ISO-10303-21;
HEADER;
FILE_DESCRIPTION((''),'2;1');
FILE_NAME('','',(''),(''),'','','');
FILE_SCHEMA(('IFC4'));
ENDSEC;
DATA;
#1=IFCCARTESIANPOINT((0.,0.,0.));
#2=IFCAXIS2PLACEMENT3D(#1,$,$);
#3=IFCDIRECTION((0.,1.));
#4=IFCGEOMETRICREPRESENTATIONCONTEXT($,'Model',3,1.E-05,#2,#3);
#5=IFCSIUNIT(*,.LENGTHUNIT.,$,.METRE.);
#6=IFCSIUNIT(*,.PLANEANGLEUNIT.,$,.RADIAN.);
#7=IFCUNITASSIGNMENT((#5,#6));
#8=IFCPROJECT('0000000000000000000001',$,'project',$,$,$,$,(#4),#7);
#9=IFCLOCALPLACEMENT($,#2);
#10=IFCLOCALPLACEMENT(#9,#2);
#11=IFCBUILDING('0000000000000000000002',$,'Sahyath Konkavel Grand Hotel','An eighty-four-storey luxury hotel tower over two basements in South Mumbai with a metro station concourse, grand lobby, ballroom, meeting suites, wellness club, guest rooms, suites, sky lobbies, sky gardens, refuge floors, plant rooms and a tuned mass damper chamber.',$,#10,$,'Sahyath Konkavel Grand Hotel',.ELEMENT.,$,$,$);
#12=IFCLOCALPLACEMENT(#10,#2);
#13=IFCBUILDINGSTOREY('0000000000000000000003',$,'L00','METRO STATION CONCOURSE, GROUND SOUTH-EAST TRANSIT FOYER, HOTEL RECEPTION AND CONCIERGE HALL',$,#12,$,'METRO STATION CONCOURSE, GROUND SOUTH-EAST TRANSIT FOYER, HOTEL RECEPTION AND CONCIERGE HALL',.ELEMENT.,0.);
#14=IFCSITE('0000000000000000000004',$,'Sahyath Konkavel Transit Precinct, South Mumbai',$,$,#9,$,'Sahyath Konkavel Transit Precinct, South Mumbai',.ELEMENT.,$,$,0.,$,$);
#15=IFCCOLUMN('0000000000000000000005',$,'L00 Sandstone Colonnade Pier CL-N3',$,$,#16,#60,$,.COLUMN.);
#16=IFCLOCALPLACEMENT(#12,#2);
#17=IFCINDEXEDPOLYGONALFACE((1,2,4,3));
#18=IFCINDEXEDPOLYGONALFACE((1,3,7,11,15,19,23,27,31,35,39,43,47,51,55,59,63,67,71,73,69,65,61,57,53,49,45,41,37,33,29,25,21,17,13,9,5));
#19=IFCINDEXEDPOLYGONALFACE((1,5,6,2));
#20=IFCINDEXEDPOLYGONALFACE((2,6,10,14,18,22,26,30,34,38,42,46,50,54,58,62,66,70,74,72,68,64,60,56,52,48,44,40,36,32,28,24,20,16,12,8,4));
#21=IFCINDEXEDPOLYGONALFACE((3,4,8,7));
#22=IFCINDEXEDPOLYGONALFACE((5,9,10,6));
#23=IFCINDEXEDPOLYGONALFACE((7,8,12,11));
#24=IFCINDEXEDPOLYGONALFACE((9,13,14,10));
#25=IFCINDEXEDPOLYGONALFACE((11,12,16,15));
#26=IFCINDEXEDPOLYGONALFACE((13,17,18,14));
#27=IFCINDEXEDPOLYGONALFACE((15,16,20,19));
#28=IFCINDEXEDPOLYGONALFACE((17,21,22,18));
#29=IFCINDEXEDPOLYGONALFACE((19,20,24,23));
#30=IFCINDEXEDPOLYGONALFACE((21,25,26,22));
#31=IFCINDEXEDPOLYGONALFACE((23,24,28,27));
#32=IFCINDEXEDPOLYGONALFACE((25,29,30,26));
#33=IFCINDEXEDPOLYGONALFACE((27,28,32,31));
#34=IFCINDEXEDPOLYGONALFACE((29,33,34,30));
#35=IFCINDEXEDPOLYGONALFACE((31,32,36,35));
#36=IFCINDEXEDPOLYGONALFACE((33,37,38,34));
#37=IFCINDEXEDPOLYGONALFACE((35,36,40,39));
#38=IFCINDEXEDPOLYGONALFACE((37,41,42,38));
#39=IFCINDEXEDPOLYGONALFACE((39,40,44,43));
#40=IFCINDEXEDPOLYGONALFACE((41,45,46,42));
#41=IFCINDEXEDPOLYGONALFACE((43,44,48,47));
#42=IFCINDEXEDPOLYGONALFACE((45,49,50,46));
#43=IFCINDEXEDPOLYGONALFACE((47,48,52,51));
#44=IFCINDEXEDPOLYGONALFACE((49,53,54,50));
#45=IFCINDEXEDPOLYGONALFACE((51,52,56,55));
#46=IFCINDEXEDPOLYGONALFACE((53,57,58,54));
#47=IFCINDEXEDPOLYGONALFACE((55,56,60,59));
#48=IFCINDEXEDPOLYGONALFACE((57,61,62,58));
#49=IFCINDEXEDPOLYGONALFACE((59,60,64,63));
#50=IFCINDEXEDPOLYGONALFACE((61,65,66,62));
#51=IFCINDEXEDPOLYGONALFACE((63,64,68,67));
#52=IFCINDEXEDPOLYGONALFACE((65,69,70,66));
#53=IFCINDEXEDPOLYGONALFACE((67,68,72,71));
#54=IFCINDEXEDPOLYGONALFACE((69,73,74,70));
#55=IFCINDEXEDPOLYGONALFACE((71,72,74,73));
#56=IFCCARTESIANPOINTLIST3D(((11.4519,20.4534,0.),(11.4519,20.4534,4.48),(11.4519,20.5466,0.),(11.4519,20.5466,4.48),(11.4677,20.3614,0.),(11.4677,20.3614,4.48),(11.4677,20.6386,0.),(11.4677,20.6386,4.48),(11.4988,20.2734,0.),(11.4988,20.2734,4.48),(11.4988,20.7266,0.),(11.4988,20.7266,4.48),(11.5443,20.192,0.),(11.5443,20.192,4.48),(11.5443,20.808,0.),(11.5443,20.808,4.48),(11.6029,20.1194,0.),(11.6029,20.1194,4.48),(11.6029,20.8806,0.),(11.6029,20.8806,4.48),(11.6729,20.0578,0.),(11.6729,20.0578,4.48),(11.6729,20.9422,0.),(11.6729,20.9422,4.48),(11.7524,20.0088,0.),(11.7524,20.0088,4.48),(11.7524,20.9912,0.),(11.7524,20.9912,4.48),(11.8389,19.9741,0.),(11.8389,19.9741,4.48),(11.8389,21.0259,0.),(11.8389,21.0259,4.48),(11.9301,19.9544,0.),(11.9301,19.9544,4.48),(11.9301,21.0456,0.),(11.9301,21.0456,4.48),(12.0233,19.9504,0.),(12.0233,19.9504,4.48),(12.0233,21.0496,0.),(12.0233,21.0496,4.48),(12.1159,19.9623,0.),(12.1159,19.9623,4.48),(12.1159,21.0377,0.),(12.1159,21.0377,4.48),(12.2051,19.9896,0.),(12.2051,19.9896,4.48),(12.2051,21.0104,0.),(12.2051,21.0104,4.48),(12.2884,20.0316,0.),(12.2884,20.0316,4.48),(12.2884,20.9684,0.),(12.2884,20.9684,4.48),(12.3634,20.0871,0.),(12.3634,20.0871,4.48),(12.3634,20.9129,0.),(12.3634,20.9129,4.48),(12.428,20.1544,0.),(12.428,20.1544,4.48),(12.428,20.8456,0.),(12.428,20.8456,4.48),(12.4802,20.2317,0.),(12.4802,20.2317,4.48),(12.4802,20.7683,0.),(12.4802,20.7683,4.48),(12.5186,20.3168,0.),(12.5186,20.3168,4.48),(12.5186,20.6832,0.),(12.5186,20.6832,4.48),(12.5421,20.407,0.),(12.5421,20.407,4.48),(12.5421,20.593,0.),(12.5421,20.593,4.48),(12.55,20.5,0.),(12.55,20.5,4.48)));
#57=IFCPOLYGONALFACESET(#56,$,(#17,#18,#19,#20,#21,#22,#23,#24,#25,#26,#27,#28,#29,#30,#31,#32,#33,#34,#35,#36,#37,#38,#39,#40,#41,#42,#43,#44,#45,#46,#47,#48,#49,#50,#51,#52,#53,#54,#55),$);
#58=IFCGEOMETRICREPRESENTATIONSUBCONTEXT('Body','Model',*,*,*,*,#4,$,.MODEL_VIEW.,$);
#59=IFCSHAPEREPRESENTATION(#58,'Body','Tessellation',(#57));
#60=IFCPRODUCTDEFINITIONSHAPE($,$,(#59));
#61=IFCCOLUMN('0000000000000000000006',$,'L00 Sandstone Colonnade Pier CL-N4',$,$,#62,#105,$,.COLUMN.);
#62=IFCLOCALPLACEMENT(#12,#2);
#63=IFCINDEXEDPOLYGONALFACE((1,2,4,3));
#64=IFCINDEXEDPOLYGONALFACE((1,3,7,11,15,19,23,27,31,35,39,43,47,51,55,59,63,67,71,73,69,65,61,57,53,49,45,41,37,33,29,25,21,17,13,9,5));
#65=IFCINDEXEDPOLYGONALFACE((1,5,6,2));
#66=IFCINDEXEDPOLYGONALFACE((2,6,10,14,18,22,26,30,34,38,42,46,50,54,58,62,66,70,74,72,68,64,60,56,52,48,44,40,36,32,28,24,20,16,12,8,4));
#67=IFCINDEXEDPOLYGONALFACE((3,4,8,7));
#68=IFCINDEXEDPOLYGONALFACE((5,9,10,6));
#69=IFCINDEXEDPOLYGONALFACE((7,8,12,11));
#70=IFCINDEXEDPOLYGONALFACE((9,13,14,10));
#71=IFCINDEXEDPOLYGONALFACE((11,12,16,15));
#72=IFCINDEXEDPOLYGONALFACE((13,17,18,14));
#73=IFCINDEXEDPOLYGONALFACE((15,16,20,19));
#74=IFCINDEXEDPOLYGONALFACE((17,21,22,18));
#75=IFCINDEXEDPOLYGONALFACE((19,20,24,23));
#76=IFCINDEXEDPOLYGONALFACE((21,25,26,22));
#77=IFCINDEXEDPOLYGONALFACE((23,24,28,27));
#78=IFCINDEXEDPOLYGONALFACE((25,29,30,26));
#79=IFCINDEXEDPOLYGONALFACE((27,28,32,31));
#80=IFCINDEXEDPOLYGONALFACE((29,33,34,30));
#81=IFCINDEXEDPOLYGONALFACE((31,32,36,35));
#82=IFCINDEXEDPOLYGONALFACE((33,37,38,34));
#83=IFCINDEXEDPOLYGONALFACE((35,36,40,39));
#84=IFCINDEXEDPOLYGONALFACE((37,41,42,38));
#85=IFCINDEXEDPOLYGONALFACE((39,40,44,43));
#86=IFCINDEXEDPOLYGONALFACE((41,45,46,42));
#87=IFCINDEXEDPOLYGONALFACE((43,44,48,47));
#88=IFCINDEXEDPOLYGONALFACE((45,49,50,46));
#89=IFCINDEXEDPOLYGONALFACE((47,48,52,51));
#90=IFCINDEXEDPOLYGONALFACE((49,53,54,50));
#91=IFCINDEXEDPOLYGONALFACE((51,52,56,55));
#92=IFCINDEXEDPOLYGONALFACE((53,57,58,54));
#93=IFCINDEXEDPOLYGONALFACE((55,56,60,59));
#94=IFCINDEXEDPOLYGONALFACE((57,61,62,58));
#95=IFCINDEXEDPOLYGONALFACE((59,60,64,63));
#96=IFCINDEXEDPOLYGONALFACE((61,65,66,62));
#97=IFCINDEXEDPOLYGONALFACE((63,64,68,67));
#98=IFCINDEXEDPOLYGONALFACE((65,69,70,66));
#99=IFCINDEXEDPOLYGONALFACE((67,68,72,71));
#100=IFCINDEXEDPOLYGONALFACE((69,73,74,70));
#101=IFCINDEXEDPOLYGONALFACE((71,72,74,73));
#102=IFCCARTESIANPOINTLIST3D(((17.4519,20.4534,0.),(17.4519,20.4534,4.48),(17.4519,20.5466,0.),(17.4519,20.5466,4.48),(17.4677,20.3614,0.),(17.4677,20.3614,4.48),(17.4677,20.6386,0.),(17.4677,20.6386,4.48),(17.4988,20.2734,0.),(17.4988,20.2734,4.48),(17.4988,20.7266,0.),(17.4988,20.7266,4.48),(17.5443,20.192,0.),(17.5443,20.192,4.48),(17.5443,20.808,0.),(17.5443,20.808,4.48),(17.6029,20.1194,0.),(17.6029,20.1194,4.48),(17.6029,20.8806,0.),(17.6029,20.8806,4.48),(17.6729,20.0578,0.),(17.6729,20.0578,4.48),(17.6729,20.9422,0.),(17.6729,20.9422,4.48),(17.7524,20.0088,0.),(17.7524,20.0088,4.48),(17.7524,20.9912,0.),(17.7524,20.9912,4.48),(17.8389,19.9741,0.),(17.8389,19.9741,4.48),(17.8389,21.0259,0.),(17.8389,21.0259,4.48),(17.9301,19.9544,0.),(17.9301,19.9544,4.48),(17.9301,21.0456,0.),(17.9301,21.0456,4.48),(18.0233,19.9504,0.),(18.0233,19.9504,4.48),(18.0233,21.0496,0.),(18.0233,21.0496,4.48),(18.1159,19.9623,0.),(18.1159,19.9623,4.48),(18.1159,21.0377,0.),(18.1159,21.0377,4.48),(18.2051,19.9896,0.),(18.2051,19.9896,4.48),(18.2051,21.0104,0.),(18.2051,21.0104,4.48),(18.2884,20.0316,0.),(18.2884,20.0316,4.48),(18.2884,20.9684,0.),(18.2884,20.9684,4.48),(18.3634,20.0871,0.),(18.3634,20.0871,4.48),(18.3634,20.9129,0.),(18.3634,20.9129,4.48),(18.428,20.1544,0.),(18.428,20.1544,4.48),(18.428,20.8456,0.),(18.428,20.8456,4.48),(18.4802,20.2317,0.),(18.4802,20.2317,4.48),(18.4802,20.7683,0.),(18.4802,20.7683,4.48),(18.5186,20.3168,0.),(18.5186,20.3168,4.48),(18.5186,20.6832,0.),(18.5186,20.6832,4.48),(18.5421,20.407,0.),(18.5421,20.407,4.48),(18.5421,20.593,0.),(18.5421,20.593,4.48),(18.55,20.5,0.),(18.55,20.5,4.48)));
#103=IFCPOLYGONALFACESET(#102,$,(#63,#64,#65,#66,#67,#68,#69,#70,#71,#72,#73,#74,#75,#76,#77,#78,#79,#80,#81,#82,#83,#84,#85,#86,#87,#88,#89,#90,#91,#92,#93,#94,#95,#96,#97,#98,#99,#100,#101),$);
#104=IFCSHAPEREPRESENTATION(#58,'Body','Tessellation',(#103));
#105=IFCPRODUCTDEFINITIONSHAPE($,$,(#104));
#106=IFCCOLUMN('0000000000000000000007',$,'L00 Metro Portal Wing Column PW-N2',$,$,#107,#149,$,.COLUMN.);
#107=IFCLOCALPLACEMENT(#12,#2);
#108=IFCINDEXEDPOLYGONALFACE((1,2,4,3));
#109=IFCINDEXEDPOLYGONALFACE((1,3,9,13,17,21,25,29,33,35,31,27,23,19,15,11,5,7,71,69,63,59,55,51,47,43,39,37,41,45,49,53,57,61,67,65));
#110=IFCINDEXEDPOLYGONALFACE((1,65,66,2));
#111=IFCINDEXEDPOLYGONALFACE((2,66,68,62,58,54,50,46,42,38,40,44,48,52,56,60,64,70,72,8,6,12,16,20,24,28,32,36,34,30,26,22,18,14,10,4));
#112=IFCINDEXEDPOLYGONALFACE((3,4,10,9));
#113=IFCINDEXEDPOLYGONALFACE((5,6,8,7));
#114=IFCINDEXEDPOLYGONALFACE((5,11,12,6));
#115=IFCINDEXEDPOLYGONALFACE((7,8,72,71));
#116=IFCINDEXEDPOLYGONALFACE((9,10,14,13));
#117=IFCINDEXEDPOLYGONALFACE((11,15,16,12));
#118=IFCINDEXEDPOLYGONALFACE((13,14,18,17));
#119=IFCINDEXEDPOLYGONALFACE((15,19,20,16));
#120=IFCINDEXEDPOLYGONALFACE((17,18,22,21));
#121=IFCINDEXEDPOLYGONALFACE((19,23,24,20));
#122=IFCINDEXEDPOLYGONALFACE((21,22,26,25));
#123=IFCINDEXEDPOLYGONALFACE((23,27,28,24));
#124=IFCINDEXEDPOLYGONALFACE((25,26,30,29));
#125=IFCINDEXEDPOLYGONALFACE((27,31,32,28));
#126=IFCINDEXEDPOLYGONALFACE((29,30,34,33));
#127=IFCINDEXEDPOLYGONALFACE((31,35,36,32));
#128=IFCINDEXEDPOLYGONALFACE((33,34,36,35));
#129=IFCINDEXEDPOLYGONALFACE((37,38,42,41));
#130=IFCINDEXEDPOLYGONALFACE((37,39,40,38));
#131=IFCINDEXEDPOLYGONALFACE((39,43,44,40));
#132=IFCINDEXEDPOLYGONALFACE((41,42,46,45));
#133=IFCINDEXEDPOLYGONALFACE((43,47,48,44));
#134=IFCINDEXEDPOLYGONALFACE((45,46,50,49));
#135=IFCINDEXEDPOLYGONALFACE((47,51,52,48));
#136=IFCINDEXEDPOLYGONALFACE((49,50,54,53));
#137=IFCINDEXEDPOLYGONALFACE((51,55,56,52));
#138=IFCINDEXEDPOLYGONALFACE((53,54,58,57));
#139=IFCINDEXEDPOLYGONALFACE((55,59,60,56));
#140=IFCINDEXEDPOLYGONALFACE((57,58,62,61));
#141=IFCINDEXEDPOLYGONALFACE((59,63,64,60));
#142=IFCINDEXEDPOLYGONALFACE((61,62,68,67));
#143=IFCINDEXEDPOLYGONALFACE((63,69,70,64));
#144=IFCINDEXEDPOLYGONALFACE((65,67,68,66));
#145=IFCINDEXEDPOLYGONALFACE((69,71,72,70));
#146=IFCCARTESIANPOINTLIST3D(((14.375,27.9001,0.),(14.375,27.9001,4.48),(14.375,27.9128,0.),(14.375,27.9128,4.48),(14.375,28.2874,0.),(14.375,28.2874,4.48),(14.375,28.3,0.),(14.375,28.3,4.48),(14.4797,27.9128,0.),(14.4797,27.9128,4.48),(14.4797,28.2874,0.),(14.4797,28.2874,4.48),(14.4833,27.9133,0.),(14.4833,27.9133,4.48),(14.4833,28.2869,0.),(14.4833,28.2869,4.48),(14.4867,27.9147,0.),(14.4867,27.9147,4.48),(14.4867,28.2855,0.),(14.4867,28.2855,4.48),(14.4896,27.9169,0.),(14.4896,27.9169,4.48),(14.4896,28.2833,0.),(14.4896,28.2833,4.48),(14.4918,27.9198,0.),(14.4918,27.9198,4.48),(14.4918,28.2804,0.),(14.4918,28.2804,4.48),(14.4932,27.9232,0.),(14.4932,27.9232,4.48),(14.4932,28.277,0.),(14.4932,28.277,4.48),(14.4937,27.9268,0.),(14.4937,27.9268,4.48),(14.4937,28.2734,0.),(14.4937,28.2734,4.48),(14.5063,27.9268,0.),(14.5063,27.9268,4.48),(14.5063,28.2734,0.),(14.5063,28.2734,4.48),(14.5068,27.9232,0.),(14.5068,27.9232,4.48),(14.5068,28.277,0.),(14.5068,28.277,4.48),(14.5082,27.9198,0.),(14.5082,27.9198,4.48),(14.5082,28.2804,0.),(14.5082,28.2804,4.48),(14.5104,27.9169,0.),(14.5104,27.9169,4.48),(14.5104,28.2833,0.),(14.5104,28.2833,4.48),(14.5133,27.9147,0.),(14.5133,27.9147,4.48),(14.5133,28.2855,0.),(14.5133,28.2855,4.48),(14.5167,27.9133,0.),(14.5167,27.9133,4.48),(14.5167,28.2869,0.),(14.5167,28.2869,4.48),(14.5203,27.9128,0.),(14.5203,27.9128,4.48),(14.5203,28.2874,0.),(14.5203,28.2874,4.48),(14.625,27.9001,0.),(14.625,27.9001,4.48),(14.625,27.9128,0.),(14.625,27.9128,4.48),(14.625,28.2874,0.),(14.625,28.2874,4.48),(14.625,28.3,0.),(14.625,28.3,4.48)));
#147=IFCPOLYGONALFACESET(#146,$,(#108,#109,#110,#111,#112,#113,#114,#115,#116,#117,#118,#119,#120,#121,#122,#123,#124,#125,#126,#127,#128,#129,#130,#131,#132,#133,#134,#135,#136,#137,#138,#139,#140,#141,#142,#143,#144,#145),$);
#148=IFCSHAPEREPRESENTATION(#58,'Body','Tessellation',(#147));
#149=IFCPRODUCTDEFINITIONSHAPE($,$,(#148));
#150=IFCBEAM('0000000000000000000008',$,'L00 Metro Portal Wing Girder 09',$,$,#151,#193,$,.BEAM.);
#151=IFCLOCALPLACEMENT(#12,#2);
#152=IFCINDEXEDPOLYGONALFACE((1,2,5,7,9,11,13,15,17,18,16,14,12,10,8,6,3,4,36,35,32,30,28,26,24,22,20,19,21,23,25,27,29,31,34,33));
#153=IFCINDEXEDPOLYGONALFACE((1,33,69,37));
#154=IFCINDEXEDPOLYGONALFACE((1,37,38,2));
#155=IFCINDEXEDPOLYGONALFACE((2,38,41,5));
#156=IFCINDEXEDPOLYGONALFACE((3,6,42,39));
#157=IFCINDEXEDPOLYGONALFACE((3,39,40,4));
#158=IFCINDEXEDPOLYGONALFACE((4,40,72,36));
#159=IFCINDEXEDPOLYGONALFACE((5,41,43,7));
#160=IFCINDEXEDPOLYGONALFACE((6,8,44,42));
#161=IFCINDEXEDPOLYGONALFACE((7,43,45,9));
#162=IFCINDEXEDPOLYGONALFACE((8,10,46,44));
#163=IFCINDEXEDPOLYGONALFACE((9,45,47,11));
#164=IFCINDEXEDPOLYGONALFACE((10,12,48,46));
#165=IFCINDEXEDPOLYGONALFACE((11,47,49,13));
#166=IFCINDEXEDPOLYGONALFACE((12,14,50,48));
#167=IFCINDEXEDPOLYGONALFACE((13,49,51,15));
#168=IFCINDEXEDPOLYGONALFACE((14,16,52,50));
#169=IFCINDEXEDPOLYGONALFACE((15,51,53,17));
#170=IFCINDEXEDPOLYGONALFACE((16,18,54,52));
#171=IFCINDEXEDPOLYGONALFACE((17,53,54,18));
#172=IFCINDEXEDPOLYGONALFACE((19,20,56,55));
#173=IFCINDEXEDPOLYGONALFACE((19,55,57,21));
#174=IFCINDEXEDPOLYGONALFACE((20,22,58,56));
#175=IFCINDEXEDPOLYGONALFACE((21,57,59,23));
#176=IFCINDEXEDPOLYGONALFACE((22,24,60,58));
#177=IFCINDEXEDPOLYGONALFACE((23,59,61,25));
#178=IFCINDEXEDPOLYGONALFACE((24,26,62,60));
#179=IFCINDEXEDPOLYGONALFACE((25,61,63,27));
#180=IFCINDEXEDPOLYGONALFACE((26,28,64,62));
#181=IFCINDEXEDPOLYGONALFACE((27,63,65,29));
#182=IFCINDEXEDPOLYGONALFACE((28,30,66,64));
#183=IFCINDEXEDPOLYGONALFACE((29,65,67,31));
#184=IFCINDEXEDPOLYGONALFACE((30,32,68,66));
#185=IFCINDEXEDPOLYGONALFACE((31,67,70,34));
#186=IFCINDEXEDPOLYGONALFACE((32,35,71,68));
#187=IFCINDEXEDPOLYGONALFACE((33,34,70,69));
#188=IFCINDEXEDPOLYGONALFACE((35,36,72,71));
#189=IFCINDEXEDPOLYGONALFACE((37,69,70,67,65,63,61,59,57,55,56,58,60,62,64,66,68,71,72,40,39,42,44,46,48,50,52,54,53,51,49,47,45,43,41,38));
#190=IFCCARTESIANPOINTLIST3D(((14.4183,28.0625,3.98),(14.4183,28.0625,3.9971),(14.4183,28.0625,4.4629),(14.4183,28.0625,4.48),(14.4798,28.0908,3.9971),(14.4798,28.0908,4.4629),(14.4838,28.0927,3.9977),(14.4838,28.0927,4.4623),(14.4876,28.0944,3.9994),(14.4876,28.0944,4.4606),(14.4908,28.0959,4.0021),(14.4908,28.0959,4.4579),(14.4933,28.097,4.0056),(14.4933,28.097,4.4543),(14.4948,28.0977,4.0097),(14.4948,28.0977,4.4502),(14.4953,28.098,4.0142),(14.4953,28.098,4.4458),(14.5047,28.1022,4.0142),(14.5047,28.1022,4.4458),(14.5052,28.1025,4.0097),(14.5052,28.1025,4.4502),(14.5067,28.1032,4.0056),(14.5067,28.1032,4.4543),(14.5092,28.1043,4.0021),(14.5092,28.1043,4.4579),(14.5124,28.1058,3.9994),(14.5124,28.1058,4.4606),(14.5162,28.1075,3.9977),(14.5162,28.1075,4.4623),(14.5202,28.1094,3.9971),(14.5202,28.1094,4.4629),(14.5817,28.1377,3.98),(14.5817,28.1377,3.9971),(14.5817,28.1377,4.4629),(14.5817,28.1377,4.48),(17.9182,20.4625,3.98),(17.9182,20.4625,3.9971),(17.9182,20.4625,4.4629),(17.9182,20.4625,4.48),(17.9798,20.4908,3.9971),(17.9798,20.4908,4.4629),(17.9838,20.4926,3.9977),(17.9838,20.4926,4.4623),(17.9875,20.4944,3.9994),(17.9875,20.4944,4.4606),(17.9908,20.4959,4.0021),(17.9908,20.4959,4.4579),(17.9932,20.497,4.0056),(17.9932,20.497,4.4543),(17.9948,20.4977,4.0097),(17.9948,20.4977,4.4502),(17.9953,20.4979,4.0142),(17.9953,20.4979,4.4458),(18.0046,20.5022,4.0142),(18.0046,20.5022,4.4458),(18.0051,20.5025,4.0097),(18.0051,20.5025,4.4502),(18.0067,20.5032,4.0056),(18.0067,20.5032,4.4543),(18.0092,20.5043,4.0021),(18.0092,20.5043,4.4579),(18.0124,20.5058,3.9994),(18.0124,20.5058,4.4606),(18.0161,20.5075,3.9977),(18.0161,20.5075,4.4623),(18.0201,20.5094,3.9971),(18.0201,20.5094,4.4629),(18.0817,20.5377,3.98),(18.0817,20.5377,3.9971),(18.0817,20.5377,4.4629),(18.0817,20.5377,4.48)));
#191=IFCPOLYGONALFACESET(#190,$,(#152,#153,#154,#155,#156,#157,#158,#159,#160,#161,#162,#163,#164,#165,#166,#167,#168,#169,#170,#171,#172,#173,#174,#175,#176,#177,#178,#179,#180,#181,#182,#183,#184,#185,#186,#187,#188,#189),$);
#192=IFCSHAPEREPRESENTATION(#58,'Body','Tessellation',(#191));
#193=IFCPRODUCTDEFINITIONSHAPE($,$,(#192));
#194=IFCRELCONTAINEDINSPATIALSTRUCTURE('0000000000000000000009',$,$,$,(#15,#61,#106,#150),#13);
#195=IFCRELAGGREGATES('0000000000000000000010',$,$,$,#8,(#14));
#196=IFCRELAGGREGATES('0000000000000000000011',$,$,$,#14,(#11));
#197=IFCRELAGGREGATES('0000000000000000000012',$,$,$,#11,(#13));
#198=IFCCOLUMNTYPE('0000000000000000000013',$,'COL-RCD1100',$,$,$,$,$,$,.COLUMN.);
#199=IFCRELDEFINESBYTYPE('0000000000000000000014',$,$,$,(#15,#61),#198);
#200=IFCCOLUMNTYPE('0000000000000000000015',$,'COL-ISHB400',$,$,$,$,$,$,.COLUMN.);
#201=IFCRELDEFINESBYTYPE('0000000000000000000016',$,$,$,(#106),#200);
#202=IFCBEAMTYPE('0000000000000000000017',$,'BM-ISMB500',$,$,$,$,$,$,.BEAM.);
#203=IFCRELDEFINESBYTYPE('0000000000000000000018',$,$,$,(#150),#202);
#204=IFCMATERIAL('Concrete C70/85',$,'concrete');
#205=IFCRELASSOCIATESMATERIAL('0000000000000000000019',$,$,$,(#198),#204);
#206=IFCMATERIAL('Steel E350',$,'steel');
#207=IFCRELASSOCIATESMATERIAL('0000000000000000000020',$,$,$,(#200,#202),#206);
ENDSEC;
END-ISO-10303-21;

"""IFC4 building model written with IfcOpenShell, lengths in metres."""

from ifc_helpers import new_model, si_unit, direction, frame, origin, origin_2d, place, context, subcontext, project, spatial, circle, i_section, extrude, source, transform, mapped, material, material_profile, profile_set, type_object, element, save


model = new_model("IFC4")

# Units and contexts
model_context = context("Model", 3, precision=1e-05, world=origin(), true_north=direction((0.0, 1.0)))
body_context = subcontext(model_context, "Body", "Model", "MODEL_VIEW")
ifc_project = project(units=[si_unit("LENGTHUNIT", "METRE"), si_unit("PLANEANGLEUNIT", "RADIAN")], contexts=[model_context])

# Site, building, storey
site_placement = place(None, origin())
site = spatial("IfcSite", under=ifc_project, at=site_placement, Name="Sahyath Konkavel Transit Precinct, South Mumbai", LongName="Sahyath Konkavel Transit Precinct, South Mumbai", CompositionType="ELEMENT", RefElevation=0.0)
building_placement = place(site_placement, origin())
building = spatial("IfcBuilding", under=site, at=building_placement, Name="Sahyath Konkavel Grand Hotel", Description="An eighty-four-storey luxury hotel tower over two basements in South Mumbai with a metro station concourse, grand lobby, ballroom, meeting suites, wellness club, guest rooms, suites, sky lobbies, sky gardens, refuge floors, plant rooms and a tuned mass damper chamber.", LongName="Sahyath Konkavel Grand Hotel", CompositionType="ELEMENT")
storey_placement = place(building_placement, origin())
storey = spatial("IfcBuildingStorey", under=building, at=storey_placement, Name="L00", Description="METRO STATION CONCOURSE, GROUND SOUTH-EAST TRANSIT FOYER, HOTEL RECEPTION AND CONCIERGE HALL", LongName="METRO STATION CONCOURSE, GROUND SOUTH-EAST TRANSIT FOYER, HOTEL RECEPTION AND CONCIERGE HALL", CompositionType="ELEMENT", Elevation=0.0)

# Columns
ifc_material_1 = material(Name="Concrete C70/85", Category="concrete")
ifc_material_profile_1 = material_profile(ifc_material_1, circle(Radius=0.55, at=origin_2d()), Name="RC D1100")
ifc_profile_set_1 = profile_set([ifc_material_profile_1], Name="Concrete C70/85")
column_type_1 = type_object("IfcColumnType", Name="COL-RCD1100", PredefinedType="COLUMN", material=ifc_profile_set_1)
shared_shape_1 = source(origin(), body_context, "Body", "SweptSolid", [
    extrude(circle(Radius=0.55, at=origin_2d()), origin(), (0.0, 0.0, 1.0), 4.48),
])
for number, where, z_axis, x_axis, name in (
    (1, (12.0, 20.5, 0.0), (0.0, 0.0, 1.0), (1.0, 0.0, 0.0), "L00 Sandstone Colonnade Pier CL-N3"),
    (2, (18.0, 20.5, 0.0), (0.0, 0.0, 1.0), (1.0, 0.0, 0.0), "L00 Sandstone Colonnade Pier CL-N4"),
):
    element("IfcColumn", number, at=place(storey_placement, frame(where, z_axis=z_axis, x_axis=x_axis)), inside=storey, type_object=column_type_1, Name=name, PredefinedType="COLUMN", context=body_context, shape_type="MappedRepresentation", body=[
        mapped(shared_shape_1, transform((0.0, 0.0, 0.0), scale=1.0)),
    ])
ifc_material_2 = material(Name="Steel E350", Category="steel")
ifc_material_profile_2 = material_profile(ifc_material_2, i_section(OverallWidth=0.25, OverallDepth=0.3999, WebThickness=0.0127, FlangeThickness=0.0127, FilletRadius=0.0139, at=origin_2d()), Name="ISHB 400")
ifc_profile_set_2 = profile_set([ifc_material_profile_2], Name="Steel E350")
column_type_2 = type_object("IfcColumnType", Name="COL-ISHB400", PredefinedType="COLUMN", material=ifc_profile_set_2)
shared_shape_2 = source(origin(), body_context, "Body", "SweptSolid", [
    extrude(i_section(OverallWidth=0.25, OverallDepth=0.3999, WebThickness=0.0127, FlangeThickness=0.0127, FilletRadius=0.0139, at=origin_2d()), origin(), (0.0, 0.0, 1.0), 4.48),
])
column_placement = place(storey_placement, frame((14.5, 28.1001, 0.0), z_axis=(0.0, 0.0, 1.0), x_axis=(1.0, 0.0, 0.0)))
element("IfcColumn", 3, at=column_placement, inside=storey, type_object=column_type_2, Name="L00 Metro Portal Wing Column PW-N2", PredefinedType="COLUMN", context=body_context, shape_type="MappedRepresentation", body=[
    mapped(shared_shape_2, transform((0.0, 0.0, 0.0), scale=1.0)),
])

# Beam
ifc_material_profile_3 = material_profile(ifc_material_2, i_section(OverallWidth=0.1799, OverallDepth=0.5, WebThickness=0.0103, FlangeThickness=0.0171, FilletRadius=0.0171, at=origin_2d()), Name="ISMB 500")
ifc_profile_set_3 = profile_set([ifc_material_profile_3], Name="Steel E350")
beam_type_1 = type_object("IfcBeamType", Name="BM-ISMB500", PredefinedType="BEAM", material=ifc_profile_set_3)
shared_shape_3 = source(origin(), body_context, "Body", "SweptSolid", [
    extrude(i_section(OverallWidth=0.1799, OverallDepth=0.5, WebThickness=0.0103, FlangeThickness=0.0171, FilletRadius=0.0171, at=origin_2d()), origin(), (0.0, 0.0, 1.0), 8.3672),
])
beam_1_placement = place(storey_placement, frame((14.5, 28.1001, 4.23), z_axis=(0.418296, -0.908311, 0.0), x_axis=(0.908311, 0.418296, 0.0)))
element("IfcBeam", 4, at=beam_1_placement, inside=storey, type_object=beam_type_1, Name="L00 Metro Portal Wing Girder 09", PredefinedType="BEAM", context=body_context, shape_type="MappedRepresentation", body=[
    mapped(shared_shape_3, transform((0.0, 0.0, 0.0), scale=1.0)),
])

save(model, "model.ifc")
